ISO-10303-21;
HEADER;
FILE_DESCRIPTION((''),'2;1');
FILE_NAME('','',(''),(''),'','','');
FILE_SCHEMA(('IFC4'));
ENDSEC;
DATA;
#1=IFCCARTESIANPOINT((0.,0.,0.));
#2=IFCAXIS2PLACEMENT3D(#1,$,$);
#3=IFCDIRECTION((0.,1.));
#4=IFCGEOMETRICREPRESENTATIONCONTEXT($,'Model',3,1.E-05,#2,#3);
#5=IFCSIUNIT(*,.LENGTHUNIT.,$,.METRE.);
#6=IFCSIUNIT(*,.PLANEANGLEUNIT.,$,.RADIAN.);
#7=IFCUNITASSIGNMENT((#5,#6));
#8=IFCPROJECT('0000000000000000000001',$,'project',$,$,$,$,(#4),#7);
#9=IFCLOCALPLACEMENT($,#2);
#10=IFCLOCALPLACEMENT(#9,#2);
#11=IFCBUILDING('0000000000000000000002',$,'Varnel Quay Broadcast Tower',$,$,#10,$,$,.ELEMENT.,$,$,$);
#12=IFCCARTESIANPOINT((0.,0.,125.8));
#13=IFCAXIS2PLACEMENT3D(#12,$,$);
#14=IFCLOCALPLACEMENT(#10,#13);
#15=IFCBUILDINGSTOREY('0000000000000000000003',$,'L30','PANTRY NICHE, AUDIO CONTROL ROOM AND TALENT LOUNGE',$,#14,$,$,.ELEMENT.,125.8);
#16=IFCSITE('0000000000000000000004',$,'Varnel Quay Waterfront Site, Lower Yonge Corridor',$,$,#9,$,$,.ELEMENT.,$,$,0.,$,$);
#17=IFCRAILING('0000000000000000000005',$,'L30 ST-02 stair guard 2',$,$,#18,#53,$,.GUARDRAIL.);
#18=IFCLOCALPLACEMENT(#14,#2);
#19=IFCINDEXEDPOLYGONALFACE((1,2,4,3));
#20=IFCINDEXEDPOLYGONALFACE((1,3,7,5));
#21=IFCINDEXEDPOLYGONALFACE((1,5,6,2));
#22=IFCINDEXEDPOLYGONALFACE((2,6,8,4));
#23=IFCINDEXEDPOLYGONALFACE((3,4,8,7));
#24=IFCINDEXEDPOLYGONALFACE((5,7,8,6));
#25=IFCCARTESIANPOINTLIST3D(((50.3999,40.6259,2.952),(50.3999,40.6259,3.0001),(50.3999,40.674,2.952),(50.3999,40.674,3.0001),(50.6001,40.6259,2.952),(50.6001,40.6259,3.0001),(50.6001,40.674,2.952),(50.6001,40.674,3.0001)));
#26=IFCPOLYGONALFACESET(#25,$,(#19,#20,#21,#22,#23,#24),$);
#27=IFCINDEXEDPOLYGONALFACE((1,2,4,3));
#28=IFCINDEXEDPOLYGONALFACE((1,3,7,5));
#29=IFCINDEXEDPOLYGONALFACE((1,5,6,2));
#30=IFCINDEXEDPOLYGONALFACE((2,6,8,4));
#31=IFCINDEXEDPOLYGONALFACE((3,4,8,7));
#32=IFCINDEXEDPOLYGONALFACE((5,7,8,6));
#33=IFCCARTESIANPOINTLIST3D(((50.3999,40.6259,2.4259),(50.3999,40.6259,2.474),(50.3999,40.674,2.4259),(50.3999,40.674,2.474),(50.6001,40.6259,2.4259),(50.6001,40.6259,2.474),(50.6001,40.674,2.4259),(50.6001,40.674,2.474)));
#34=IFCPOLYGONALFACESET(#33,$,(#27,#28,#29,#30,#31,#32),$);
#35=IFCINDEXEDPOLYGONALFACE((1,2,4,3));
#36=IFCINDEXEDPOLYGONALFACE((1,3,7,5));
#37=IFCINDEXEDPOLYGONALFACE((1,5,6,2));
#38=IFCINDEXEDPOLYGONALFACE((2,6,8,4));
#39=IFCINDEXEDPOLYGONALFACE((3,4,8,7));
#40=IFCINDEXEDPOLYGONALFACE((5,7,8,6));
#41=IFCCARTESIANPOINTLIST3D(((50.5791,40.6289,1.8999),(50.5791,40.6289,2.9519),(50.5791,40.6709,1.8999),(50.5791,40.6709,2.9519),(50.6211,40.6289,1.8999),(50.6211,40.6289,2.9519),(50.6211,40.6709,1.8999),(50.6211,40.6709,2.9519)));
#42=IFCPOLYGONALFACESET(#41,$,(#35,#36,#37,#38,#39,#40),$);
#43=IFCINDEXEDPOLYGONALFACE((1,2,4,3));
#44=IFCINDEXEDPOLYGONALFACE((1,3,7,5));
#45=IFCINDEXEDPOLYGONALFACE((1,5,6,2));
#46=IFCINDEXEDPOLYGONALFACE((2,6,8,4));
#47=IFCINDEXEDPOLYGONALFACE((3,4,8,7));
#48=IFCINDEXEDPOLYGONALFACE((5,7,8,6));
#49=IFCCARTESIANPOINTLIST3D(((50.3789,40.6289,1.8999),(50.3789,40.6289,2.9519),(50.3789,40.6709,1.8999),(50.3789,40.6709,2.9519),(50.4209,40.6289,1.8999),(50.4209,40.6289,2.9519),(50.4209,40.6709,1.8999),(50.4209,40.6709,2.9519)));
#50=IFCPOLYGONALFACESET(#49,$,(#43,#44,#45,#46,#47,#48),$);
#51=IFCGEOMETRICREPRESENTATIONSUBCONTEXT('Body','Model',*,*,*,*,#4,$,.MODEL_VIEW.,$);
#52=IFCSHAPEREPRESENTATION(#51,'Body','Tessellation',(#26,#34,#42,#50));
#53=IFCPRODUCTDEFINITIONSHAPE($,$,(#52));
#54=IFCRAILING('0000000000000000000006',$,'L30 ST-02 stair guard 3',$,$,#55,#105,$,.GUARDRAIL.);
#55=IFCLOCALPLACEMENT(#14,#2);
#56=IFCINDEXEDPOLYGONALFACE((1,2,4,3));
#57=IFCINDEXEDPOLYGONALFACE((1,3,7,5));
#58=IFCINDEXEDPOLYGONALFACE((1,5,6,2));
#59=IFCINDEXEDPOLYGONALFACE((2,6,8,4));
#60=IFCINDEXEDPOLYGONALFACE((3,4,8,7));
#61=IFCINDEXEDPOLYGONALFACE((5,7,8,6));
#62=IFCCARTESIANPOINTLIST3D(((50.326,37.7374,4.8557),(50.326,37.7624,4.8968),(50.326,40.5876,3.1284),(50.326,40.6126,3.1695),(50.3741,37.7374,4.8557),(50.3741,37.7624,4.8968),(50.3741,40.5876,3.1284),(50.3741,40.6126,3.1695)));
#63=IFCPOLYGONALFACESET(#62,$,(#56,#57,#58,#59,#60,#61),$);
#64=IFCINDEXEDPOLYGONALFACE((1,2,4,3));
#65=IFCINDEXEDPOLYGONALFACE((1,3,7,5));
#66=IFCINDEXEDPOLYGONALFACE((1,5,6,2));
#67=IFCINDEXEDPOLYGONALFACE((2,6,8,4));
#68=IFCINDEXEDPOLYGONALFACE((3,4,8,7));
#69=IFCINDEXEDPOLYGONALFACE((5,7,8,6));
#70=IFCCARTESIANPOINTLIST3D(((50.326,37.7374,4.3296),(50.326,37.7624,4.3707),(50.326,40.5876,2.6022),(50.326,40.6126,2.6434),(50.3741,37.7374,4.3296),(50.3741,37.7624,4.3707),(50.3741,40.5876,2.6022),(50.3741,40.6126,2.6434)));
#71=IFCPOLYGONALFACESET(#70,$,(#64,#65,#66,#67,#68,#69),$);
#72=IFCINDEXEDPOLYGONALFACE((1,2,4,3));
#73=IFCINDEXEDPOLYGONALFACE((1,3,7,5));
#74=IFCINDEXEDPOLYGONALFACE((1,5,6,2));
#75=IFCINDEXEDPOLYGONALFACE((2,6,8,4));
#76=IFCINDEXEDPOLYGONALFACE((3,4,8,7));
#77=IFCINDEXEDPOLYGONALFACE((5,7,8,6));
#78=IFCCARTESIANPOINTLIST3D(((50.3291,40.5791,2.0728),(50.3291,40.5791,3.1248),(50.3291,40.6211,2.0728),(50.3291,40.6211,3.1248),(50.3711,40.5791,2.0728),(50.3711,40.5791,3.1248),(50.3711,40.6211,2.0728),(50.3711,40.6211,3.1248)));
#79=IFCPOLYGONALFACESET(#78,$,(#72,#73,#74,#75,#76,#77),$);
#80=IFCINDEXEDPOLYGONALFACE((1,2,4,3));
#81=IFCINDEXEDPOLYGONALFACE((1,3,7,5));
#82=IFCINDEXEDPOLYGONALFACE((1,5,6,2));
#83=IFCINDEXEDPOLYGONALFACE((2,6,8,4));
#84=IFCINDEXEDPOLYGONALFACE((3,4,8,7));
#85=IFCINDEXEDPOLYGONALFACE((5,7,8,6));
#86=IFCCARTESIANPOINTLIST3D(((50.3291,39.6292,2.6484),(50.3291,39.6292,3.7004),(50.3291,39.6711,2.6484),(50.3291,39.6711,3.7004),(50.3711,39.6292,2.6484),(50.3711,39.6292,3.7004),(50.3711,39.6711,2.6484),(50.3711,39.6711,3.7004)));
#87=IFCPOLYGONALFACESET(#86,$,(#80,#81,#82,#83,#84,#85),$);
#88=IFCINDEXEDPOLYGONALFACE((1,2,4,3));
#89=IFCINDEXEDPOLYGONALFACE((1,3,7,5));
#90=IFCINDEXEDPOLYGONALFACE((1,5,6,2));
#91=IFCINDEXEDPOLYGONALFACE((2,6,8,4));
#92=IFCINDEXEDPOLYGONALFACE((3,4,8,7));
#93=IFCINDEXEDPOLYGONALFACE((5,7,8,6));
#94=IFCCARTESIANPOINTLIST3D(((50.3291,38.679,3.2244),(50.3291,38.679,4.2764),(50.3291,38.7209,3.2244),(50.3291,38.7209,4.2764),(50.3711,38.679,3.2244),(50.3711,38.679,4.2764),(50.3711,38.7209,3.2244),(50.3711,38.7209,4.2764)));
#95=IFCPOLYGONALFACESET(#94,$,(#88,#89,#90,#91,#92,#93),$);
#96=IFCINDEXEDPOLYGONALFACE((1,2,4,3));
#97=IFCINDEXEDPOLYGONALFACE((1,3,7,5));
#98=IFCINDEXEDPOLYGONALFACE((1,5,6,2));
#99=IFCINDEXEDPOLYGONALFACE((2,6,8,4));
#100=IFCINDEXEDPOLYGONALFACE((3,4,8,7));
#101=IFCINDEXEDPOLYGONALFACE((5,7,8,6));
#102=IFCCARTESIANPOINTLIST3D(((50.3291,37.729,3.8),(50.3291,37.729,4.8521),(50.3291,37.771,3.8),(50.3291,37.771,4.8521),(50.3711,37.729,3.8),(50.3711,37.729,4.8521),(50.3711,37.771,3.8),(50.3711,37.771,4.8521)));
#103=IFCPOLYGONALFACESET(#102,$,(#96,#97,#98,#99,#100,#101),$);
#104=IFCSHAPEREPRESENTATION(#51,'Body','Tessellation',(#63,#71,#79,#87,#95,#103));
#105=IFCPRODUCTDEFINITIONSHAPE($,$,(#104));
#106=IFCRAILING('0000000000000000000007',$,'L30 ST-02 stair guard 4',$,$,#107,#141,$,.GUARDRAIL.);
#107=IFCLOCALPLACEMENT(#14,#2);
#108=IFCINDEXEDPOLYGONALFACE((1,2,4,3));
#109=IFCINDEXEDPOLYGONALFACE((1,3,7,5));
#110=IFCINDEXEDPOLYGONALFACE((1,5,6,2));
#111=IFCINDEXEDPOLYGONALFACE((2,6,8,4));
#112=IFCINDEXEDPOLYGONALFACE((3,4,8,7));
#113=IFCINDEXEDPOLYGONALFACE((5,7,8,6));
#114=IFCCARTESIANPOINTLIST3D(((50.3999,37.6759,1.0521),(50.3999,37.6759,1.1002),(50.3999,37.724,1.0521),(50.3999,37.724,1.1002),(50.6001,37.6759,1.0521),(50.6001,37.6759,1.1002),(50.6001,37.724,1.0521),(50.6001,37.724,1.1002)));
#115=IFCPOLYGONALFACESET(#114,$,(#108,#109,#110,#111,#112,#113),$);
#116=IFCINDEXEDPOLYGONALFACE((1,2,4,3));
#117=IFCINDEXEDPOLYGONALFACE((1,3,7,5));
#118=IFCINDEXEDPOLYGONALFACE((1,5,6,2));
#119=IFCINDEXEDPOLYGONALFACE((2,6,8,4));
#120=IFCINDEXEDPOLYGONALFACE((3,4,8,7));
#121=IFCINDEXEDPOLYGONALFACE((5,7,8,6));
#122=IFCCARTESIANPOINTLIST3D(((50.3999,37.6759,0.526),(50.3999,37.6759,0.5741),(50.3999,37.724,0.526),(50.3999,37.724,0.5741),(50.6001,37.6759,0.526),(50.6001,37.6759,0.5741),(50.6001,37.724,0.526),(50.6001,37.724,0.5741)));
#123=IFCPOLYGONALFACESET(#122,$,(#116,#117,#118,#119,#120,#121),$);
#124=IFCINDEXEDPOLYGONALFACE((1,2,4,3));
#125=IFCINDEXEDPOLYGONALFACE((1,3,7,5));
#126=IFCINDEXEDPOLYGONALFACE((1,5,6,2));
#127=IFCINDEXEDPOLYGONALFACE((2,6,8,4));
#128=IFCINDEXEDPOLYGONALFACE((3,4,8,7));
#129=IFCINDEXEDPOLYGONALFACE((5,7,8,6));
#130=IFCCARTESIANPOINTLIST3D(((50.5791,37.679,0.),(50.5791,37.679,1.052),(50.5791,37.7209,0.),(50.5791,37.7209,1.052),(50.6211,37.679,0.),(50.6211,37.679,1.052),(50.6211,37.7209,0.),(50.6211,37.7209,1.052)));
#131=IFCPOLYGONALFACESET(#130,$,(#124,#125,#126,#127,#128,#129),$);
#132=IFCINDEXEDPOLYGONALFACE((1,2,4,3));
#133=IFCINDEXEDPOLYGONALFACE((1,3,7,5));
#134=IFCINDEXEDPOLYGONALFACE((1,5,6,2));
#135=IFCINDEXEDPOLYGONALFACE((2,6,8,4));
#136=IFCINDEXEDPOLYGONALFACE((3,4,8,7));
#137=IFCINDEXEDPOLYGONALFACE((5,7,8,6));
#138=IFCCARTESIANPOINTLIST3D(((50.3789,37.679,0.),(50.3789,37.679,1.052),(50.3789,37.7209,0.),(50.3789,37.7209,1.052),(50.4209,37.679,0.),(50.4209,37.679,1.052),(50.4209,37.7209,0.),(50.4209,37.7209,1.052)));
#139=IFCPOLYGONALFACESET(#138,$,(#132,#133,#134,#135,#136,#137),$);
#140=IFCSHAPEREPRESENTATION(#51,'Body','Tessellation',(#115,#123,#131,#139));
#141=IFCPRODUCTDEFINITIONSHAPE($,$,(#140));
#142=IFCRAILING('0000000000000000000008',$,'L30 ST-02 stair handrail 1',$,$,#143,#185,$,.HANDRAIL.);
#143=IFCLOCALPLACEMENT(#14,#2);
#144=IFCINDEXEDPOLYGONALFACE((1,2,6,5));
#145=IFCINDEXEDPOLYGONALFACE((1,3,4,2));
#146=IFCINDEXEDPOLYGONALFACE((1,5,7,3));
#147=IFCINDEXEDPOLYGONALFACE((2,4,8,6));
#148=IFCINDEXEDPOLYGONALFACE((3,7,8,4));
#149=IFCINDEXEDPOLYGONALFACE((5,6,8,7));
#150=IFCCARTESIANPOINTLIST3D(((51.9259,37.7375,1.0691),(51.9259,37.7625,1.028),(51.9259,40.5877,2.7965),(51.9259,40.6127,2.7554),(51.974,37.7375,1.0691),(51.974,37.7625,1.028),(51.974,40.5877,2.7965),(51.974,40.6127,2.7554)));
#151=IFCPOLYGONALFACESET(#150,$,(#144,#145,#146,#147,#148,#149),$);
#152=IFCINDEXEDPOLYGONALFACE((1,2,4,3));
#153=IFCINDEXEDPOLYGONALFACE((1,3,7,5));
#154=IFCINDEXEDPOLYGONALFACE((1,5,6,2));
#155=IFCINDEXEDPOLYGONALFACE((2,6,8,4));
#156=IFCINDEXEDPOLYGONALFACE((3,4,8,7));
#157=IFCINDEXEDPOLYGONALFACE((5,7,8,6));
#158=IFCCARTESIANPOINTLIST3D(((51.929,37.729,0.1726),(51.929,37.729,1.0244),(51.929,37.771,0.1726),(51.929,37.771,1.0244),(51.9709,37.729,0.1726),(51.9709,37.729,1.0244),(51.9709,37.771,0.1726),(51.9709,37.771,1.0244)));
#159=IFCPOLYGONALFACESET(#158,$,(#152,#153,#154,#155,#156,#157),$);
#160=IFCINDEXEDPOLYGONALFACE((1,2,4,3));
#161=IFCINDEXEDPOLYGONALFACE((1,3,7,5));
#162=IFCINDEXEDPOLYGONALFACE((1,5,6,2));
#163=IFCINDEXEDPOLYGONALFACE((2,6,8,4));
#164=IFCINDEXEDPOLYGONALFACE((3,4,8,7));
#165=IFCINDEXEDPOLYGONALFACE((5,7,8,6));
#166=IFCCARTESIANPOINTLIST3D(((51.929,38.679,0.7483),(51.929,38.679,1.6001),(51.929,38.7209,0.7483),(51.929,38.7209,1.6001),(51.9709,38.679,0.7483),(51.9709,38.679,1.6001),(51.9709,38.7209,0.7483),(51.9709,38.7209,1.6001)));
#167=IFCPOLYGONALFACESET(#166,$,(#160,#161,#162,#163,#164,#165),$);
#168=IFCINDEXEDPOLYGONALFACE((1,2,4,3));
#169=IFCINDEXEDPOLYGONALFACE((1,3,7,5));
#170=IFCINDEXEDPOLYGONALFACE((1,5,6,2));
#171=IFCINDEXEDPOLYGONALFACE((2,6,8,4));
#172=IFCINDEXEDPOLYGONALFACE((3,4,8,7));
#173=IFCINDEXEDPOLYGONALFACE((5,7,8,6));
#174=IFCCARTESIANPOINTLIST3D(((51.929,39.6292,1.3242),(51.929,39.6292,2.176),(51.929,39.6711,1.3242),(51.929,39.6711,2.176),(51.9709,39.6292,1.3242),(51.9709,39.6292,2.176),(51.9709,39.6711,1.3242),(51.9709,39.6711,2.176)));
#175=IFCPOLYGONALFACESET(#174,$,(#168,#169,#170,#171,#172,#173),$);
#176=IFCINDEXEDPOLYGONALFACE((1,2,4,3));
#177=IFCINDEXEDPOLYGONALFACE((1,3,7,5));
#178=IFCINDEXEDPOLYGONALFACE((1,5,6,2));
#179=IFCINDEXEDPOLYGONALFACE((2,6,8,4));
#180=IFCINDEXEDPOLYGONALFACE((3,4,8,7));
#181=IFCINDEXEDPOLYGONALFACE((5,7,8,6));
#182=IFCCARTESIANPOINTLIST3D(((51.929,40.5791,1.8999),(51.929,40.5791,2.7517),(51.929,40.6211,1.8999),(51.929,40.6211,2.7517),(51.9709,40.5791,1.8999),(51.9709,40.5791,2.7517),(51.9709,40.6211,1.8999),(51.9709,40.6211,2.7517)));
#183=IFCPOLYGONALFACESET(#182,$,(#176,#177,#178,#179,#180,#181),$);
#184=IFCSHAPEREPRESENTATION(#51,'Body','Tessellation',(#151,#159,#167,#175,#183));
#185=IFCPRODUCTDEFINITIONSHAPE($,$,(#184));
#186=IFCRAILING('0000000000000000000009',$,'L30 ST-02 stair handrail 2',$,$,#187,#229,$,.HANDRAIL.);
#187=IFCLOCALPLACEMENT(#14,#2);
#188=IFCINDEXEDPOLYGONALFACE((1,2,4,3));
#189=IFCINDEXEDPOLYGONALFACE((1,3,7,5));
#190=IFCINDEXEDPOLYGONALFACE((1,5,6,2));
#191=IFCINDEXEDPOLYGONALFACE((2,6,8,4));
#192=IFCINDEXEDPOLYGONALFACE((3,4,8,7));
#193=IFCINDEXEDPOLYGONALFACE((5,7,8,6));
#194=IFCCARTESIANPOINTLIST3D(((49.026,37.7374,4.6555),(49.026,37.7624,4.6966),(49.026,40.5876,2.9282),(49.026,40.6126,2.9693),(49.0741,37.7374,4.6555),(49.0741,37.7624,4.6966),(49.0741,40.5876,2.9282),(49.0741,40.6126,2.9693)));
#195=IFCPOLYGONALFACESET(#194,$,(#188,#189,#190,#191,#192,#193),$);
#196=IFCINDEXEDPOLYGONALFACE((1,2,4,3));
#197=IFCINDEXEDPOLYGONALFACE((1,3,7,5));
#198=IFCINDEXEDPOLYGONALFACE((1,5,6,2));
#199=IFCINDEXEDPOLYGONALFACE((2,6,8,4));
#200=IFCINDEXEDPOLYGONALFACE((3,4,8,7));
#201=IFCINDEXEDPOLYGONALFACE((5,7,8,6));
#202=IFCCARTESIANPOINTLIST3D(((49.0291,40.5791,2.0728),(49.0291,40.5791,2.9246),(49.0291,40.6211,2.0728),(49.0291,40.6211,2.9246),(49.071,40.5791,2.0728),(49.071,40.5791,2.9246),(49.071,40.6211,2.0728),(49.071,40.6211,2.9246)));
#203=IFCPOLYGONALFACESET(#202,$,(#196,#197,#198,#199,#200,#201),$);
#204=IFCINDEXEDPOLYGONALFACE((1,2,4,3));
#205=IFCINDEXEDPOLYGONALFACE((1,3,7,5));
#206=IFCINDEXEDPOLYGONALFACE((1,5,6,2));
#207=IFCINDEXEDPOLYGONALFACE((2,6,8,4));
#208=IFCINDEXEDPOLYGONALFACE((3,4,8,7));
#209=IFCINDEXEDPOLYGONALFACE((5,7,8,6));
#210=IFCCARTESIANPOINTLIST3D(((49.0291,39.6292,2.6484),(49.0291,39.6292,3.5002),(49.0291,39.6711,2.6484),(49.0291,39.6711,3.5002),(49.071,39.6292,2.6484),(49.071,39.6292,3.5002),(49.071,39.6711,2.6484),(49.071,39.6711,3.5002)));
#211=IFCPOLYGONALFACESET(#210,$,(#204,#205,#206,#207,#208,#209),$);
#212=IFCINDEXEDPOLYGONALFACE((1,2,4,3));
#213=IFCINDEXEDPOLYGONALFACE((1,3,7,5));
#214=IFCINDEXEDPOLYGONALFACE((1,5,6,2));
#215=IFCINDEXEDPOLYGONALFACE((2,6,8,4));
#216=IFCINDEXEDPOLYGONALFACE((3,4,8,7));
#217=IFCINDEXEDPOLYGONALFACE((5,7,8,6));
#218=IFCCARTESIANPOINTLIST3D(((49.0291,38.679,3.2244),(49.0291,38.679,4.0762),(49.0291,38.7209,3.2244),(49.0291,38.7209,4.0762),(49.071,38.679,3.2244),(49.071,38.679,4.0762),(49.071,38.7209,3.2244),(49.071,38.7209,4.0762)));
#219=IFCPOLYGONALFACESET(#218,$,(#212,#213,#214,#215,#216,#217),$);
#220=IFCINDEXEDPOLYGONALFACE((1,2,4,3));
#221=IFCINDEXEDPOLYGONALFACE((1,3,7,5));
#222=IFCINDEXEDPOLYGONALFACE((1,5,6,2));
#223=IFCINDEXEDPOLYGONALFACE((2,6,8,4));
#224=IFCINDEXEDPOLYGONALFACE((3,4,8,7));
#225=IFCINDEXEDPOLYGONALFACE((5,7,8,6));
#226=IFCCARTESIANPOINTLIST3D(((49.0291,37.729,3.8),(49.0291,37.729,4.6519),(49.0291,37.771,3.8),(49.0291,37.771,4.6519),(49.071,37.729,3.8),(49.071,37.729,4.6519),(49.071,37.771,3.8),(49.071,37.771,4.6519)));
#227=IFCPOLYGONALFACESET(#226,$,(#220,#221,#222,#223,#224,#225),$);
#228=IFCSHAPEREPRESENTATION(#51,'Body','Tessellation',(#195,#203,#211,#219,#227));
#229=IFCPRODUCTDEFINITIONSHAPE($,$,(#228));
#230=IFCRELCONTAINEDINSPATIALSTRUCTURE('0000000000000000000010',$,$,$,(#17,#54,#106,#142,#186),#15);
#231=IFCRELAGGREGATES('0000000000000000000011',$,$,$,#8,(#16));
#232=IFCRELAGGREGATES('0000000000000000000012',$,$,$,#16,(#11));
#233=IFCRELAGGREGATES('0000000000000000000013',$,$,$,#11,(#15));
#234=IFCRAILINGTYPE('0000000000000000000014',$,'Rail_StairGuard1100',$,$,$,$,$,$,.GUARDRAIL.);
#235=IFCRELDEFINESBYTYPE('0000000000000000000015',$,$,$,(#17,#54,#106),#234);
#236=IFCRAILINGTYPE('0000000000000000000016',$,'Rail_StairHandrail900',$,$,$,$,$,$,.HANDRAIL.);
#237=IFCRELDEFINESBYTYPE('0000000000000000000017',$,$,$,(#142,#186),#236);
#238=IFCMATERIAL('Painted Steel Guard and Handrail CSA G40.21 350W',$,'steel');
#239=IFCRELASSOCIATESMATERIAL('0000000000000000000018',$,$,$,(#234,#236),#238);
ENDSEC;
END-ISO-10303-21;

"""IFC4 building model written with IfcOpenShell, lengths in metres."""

from ifc_helpers import new_model, si_unit, direction, frame, origin, origin_2d, place, context, subcontext, project, spatial, rectangle, extrude, material, type_object, element, save


model = new_model("IFC4")

# Units and contexts
model_context = context("Model", 3, precision=1e-05, world=origin(), true_north=direction((0.0, 1.0)))
body_context = subcontext(model_context, "Body", "Model", "MODEL_VIEW")
ifc_project = project(units=[si_unit("LENGTHUNIT", "METRE"), si_unit("PLANEANGLEUNIT", "RADIAN")], contexts=[model_context])

# Site, building, storey
site_placement = place(None, origin())
site = spatial("IfcSite", under=ifc_project, at=site_placement, Name="Varnel Quay Waterfront Site, Lower Yonge Corridor", CompositionType="ELEMENT", RefElevation=0.0)
building_placement = place(site_placement, origin())
building = spatial("IfcBuilding", under=site, at=building_placement, Name="Varnel Quay Broadcast Tower", CompositionType="ELEMENT")
storey_placement = place(building_placement, frame((0.0, 0.0, 125.8)))
storey = spatial("IfcBuildingStorey", under=building, at=storey_placement, Name="L30", Description="PANTRY NICHE, AUDIO CONTROL ROOM AND TALENT LOUNGE", CompositionType="ELEMENT", Elevation=125.8)

# Railings
ifc_material_1 = material(Name="Painted Steel Guard and Handrail CSA G40.21 350W", Category="steel")
railing_type_1 = type_object("IfcRailingType", Name="Rail_StairGuard1100", PredefinedType="GUARDRAIL", material=ifc_material_1)
railing_1_placement = place(storey_placement, frame((50.6001, 40.6499, 1.8999)))
element("IfcRailing", 1, at=railing_1_placement, inside=storey, type_object=railing_type_1, Name="L30 ST-02 stair guard 2", PredefinedType="GUARDRAIL", context=body_context, shape_type="SweptSolid", body=[
    extrude(rectangle(XDim=0.0481, YDim=0.0481, at=origin_2d()), frame((0.0, 0.0, 1.0762), z_axis=(-1.0, 0.0, 0.0), x_axis=(0.0, -1.0, 0.0)), (0.0, 0.0, 1.0), 0.2002),
    extrude(rectangle(XDim=0.0481, YDim=0.0481, at=origin_2d()), frame((0.0, 0.0, 0.55), z_axis=(-1.0, 0.0, 0.0), x_axis=(0.0, -1.0, 0.0)), (0.0, 0.0, 1.0), 0.2002),
    extrude(rectangle(XDim=0.042, YDim=0.042, at=origin_2d()), origin(), (0.0, 0.0, 1.0), 1.052),
    extrude(rectangle(XDim=0.042, YDim=0.042, at=origin_2d()), frame((-0.2002, 0.0, 0.0)), (0.0, 0.0, 1.0), 1.052),
])
railing_2_placement = place(storey_placement, frame((50.3501, 40.6001, 2.0728)))
element("IfcRailing", 2, at=railing_2_placement, inside=storey, type_object=railing_type_1, Name="L30 ST-02 stair guard 3", PredefinedType="GUARDRAIL", context=body_context, shape_type="SweptSolid", body=[
    extrude(rectangle(XDim=0.0481, YDim=0.0481, at=origin_2d()), frame((0.0, 0.0, 1.0762), z_axis=(0.0, -0.855203, 0.518294), x_axis=(1.0, 0.0, 0.0)), (0.0, 0.0, 1.0), 3.3328),
    extrude(rectangle(XDim=0.0481, YDim=0.0481, at=origin_2d()), frame((0.0, 0.0, 0.55), z_axis=(0.0, -0.855203, 0.518294), x_axis=(1.0, 0.0, 0.0)), (0.0, 0.0, 1.0), 3.3328),
    extrude(rectangle(XDim=0.042, YDim=0.042, at=origin_2d()), origin(), (0.0, 0.0, 1.0), 1.052),
    extrude(rectangle(XDim=0.042, YDim=0.042, at=origin_2d()), frame((0.0, -0.95, 0.5757)), (0.0, 0.0, 1.0), 1.052),
    extrude(rectangle(XDim=0.042, YDim=0.042, at=origin_2d()), frame((0.0, -1.9001, 1.1516)), (0.0, 0.0, 1.0), 1.052),
    extrude(rectangle(XDim=0.042, YDim=0.042, at=origin_2d()), frame((0.0, -2.8501, 1.7273)), (0.0, 0.0, 1.0), 1.052),
])
railing_3_placement = place(storey_placement, frame((50.6001, 37.7, 0.0)))
element("IfcRailing", 3, at=railing_3_placement, inside=storey, type_object=railing_type_1, Name="L30 ST-02 stair guard 4", PredefinedType="GUARDRAIL", context=body_context, shape_type="SweptSolid", body=[
    extrude(rectangle(XDim=0.0481, YDim=0.0481, at=origin_2d()), frame((0.0, 0.0, 1.0762), z_axis=(-1.0, 0.0, 0.0), x_axis=(0.0, -1.0, 0.0)), (0.0, 0.0, 1.0), 0.2002),
    extrude(rectangle(XDim=0.0481, YDim=0.0481, at=origin_2d()), frame((0.0, 0.0, 0.55), z_axis=(-1.0, 0.0, 0.0), x_axis=(0.0, -1.0, 0.0)), (0.0, 0.0, 1.0), 0.2002),
    extrude(rectangle(XDim=0.042, YDim=0.042, at=origin_2d()), origin(), (0.0, 0.0, 1.0), 1.052),
    extrude(rectangle(XDim=0.042, YDim=0.042, at=origin_2d()), frame((-0.2002, 0.0, 0.0)), (0.0, 0.0, 1.0), 1.052),
])
railing_type_2 = type_object("IfcRailingType", Name="Rail_StairHandrail900", PredefinedType="HANDRAIL", material=ifc_material_1)
railing_4_placement = place(storey_placement, frame((51.95, 37.75, 0.1726)))
element("IfcRailing", 4, at=railing_4_placement, inside=storey, type_object=railing_type_2, Name="L30 ST-02 stair handrail 1", PredefinedType="HANDRAIL", context=body_context, shape_type="SweptSolid", body=[
    extrude(rectangle(XDim=0.0481, YDim=0.0481, at=origin_2d()), frame((0.0, 0.0, 0.876), z_axis=(0.0, 0.855203, 0.518294), x_axis=(-1.0, 0.0, 0.0)), (0.0, 0.0, 1.0), 3.3328),
    extrude(rectangle(XDim=0.042, YDim=0.042, at=origin_2d()), origin(), (0.0, 0.0, 1.0), 0.8518),
    extrude(rectangle(XDim=0.042, YDim=0.042, at=origin_2d()), frame((0.0, 0.95, 0.5757)), (0.0, 0.0, 1.0), 0.8518),
    extrude(rectangle(XDim=0.042, YDim=0.042, at=origin_2d()), frame((0.0, 1.9001, 1.1516)), (0.0, 0.0, 1.0), 0.8518),
    extrude(rectangle(XDim=0.042, YDim=0.042, at=origin_2d()), frame((0.0, 2.8501, 1.7273)), (0.0, 0.0, 1.0), 0.8518),
])
railing_5_placement = place(storey_placement, frame((49.05, 40.6001, 2.0728)))
element("IfcRailing", 5, at=railing_5_placement, inside=storey, type_object=railing_type_2, Name="L30 ST-02 stair handrail 2", PredefinedType="HANDRAIL", context=body_context, shape_type="SweptSolid", body=[
    extrude(rectangle(XDim=0.0481, YDim=0.0481, at=origin_2d()), frame((0.0, 0.0, 0.876), z_axis=(0.0, -0.855203, 0.518294), x_axis=(1.0, 0.0, 0.0)), (0.0, 0.0, 1.0), 3.3328),
    extrude(rectangle(XDim=0.042, YDim=0.042, at=origin_2d()), origin(), (0.0, 0.0, 1.0), 0.8518),
    extrude(rectangle(XDim=0.042, YDim=0.042, at=origin_2d()), frame((0.0, -0.95, 0.5757)), (0.0, 0.0, 1.0), 0.8518),
    extrude(rectangle(XDim=0.042, YDim=0.042, at=origin_2d()), frame((0.0, -1.9001, 1.1516)), (0.0, 0.0, 1.0), 0.8518),
    extrude(rectangle(XDim=0.042, YDim=0.042, at=origin_2d()), frame((0.0, -2.8501, 1.7273)), (0.0, 0.0, 1.0), 0.8518),
])

save(model, "model.ifc")
